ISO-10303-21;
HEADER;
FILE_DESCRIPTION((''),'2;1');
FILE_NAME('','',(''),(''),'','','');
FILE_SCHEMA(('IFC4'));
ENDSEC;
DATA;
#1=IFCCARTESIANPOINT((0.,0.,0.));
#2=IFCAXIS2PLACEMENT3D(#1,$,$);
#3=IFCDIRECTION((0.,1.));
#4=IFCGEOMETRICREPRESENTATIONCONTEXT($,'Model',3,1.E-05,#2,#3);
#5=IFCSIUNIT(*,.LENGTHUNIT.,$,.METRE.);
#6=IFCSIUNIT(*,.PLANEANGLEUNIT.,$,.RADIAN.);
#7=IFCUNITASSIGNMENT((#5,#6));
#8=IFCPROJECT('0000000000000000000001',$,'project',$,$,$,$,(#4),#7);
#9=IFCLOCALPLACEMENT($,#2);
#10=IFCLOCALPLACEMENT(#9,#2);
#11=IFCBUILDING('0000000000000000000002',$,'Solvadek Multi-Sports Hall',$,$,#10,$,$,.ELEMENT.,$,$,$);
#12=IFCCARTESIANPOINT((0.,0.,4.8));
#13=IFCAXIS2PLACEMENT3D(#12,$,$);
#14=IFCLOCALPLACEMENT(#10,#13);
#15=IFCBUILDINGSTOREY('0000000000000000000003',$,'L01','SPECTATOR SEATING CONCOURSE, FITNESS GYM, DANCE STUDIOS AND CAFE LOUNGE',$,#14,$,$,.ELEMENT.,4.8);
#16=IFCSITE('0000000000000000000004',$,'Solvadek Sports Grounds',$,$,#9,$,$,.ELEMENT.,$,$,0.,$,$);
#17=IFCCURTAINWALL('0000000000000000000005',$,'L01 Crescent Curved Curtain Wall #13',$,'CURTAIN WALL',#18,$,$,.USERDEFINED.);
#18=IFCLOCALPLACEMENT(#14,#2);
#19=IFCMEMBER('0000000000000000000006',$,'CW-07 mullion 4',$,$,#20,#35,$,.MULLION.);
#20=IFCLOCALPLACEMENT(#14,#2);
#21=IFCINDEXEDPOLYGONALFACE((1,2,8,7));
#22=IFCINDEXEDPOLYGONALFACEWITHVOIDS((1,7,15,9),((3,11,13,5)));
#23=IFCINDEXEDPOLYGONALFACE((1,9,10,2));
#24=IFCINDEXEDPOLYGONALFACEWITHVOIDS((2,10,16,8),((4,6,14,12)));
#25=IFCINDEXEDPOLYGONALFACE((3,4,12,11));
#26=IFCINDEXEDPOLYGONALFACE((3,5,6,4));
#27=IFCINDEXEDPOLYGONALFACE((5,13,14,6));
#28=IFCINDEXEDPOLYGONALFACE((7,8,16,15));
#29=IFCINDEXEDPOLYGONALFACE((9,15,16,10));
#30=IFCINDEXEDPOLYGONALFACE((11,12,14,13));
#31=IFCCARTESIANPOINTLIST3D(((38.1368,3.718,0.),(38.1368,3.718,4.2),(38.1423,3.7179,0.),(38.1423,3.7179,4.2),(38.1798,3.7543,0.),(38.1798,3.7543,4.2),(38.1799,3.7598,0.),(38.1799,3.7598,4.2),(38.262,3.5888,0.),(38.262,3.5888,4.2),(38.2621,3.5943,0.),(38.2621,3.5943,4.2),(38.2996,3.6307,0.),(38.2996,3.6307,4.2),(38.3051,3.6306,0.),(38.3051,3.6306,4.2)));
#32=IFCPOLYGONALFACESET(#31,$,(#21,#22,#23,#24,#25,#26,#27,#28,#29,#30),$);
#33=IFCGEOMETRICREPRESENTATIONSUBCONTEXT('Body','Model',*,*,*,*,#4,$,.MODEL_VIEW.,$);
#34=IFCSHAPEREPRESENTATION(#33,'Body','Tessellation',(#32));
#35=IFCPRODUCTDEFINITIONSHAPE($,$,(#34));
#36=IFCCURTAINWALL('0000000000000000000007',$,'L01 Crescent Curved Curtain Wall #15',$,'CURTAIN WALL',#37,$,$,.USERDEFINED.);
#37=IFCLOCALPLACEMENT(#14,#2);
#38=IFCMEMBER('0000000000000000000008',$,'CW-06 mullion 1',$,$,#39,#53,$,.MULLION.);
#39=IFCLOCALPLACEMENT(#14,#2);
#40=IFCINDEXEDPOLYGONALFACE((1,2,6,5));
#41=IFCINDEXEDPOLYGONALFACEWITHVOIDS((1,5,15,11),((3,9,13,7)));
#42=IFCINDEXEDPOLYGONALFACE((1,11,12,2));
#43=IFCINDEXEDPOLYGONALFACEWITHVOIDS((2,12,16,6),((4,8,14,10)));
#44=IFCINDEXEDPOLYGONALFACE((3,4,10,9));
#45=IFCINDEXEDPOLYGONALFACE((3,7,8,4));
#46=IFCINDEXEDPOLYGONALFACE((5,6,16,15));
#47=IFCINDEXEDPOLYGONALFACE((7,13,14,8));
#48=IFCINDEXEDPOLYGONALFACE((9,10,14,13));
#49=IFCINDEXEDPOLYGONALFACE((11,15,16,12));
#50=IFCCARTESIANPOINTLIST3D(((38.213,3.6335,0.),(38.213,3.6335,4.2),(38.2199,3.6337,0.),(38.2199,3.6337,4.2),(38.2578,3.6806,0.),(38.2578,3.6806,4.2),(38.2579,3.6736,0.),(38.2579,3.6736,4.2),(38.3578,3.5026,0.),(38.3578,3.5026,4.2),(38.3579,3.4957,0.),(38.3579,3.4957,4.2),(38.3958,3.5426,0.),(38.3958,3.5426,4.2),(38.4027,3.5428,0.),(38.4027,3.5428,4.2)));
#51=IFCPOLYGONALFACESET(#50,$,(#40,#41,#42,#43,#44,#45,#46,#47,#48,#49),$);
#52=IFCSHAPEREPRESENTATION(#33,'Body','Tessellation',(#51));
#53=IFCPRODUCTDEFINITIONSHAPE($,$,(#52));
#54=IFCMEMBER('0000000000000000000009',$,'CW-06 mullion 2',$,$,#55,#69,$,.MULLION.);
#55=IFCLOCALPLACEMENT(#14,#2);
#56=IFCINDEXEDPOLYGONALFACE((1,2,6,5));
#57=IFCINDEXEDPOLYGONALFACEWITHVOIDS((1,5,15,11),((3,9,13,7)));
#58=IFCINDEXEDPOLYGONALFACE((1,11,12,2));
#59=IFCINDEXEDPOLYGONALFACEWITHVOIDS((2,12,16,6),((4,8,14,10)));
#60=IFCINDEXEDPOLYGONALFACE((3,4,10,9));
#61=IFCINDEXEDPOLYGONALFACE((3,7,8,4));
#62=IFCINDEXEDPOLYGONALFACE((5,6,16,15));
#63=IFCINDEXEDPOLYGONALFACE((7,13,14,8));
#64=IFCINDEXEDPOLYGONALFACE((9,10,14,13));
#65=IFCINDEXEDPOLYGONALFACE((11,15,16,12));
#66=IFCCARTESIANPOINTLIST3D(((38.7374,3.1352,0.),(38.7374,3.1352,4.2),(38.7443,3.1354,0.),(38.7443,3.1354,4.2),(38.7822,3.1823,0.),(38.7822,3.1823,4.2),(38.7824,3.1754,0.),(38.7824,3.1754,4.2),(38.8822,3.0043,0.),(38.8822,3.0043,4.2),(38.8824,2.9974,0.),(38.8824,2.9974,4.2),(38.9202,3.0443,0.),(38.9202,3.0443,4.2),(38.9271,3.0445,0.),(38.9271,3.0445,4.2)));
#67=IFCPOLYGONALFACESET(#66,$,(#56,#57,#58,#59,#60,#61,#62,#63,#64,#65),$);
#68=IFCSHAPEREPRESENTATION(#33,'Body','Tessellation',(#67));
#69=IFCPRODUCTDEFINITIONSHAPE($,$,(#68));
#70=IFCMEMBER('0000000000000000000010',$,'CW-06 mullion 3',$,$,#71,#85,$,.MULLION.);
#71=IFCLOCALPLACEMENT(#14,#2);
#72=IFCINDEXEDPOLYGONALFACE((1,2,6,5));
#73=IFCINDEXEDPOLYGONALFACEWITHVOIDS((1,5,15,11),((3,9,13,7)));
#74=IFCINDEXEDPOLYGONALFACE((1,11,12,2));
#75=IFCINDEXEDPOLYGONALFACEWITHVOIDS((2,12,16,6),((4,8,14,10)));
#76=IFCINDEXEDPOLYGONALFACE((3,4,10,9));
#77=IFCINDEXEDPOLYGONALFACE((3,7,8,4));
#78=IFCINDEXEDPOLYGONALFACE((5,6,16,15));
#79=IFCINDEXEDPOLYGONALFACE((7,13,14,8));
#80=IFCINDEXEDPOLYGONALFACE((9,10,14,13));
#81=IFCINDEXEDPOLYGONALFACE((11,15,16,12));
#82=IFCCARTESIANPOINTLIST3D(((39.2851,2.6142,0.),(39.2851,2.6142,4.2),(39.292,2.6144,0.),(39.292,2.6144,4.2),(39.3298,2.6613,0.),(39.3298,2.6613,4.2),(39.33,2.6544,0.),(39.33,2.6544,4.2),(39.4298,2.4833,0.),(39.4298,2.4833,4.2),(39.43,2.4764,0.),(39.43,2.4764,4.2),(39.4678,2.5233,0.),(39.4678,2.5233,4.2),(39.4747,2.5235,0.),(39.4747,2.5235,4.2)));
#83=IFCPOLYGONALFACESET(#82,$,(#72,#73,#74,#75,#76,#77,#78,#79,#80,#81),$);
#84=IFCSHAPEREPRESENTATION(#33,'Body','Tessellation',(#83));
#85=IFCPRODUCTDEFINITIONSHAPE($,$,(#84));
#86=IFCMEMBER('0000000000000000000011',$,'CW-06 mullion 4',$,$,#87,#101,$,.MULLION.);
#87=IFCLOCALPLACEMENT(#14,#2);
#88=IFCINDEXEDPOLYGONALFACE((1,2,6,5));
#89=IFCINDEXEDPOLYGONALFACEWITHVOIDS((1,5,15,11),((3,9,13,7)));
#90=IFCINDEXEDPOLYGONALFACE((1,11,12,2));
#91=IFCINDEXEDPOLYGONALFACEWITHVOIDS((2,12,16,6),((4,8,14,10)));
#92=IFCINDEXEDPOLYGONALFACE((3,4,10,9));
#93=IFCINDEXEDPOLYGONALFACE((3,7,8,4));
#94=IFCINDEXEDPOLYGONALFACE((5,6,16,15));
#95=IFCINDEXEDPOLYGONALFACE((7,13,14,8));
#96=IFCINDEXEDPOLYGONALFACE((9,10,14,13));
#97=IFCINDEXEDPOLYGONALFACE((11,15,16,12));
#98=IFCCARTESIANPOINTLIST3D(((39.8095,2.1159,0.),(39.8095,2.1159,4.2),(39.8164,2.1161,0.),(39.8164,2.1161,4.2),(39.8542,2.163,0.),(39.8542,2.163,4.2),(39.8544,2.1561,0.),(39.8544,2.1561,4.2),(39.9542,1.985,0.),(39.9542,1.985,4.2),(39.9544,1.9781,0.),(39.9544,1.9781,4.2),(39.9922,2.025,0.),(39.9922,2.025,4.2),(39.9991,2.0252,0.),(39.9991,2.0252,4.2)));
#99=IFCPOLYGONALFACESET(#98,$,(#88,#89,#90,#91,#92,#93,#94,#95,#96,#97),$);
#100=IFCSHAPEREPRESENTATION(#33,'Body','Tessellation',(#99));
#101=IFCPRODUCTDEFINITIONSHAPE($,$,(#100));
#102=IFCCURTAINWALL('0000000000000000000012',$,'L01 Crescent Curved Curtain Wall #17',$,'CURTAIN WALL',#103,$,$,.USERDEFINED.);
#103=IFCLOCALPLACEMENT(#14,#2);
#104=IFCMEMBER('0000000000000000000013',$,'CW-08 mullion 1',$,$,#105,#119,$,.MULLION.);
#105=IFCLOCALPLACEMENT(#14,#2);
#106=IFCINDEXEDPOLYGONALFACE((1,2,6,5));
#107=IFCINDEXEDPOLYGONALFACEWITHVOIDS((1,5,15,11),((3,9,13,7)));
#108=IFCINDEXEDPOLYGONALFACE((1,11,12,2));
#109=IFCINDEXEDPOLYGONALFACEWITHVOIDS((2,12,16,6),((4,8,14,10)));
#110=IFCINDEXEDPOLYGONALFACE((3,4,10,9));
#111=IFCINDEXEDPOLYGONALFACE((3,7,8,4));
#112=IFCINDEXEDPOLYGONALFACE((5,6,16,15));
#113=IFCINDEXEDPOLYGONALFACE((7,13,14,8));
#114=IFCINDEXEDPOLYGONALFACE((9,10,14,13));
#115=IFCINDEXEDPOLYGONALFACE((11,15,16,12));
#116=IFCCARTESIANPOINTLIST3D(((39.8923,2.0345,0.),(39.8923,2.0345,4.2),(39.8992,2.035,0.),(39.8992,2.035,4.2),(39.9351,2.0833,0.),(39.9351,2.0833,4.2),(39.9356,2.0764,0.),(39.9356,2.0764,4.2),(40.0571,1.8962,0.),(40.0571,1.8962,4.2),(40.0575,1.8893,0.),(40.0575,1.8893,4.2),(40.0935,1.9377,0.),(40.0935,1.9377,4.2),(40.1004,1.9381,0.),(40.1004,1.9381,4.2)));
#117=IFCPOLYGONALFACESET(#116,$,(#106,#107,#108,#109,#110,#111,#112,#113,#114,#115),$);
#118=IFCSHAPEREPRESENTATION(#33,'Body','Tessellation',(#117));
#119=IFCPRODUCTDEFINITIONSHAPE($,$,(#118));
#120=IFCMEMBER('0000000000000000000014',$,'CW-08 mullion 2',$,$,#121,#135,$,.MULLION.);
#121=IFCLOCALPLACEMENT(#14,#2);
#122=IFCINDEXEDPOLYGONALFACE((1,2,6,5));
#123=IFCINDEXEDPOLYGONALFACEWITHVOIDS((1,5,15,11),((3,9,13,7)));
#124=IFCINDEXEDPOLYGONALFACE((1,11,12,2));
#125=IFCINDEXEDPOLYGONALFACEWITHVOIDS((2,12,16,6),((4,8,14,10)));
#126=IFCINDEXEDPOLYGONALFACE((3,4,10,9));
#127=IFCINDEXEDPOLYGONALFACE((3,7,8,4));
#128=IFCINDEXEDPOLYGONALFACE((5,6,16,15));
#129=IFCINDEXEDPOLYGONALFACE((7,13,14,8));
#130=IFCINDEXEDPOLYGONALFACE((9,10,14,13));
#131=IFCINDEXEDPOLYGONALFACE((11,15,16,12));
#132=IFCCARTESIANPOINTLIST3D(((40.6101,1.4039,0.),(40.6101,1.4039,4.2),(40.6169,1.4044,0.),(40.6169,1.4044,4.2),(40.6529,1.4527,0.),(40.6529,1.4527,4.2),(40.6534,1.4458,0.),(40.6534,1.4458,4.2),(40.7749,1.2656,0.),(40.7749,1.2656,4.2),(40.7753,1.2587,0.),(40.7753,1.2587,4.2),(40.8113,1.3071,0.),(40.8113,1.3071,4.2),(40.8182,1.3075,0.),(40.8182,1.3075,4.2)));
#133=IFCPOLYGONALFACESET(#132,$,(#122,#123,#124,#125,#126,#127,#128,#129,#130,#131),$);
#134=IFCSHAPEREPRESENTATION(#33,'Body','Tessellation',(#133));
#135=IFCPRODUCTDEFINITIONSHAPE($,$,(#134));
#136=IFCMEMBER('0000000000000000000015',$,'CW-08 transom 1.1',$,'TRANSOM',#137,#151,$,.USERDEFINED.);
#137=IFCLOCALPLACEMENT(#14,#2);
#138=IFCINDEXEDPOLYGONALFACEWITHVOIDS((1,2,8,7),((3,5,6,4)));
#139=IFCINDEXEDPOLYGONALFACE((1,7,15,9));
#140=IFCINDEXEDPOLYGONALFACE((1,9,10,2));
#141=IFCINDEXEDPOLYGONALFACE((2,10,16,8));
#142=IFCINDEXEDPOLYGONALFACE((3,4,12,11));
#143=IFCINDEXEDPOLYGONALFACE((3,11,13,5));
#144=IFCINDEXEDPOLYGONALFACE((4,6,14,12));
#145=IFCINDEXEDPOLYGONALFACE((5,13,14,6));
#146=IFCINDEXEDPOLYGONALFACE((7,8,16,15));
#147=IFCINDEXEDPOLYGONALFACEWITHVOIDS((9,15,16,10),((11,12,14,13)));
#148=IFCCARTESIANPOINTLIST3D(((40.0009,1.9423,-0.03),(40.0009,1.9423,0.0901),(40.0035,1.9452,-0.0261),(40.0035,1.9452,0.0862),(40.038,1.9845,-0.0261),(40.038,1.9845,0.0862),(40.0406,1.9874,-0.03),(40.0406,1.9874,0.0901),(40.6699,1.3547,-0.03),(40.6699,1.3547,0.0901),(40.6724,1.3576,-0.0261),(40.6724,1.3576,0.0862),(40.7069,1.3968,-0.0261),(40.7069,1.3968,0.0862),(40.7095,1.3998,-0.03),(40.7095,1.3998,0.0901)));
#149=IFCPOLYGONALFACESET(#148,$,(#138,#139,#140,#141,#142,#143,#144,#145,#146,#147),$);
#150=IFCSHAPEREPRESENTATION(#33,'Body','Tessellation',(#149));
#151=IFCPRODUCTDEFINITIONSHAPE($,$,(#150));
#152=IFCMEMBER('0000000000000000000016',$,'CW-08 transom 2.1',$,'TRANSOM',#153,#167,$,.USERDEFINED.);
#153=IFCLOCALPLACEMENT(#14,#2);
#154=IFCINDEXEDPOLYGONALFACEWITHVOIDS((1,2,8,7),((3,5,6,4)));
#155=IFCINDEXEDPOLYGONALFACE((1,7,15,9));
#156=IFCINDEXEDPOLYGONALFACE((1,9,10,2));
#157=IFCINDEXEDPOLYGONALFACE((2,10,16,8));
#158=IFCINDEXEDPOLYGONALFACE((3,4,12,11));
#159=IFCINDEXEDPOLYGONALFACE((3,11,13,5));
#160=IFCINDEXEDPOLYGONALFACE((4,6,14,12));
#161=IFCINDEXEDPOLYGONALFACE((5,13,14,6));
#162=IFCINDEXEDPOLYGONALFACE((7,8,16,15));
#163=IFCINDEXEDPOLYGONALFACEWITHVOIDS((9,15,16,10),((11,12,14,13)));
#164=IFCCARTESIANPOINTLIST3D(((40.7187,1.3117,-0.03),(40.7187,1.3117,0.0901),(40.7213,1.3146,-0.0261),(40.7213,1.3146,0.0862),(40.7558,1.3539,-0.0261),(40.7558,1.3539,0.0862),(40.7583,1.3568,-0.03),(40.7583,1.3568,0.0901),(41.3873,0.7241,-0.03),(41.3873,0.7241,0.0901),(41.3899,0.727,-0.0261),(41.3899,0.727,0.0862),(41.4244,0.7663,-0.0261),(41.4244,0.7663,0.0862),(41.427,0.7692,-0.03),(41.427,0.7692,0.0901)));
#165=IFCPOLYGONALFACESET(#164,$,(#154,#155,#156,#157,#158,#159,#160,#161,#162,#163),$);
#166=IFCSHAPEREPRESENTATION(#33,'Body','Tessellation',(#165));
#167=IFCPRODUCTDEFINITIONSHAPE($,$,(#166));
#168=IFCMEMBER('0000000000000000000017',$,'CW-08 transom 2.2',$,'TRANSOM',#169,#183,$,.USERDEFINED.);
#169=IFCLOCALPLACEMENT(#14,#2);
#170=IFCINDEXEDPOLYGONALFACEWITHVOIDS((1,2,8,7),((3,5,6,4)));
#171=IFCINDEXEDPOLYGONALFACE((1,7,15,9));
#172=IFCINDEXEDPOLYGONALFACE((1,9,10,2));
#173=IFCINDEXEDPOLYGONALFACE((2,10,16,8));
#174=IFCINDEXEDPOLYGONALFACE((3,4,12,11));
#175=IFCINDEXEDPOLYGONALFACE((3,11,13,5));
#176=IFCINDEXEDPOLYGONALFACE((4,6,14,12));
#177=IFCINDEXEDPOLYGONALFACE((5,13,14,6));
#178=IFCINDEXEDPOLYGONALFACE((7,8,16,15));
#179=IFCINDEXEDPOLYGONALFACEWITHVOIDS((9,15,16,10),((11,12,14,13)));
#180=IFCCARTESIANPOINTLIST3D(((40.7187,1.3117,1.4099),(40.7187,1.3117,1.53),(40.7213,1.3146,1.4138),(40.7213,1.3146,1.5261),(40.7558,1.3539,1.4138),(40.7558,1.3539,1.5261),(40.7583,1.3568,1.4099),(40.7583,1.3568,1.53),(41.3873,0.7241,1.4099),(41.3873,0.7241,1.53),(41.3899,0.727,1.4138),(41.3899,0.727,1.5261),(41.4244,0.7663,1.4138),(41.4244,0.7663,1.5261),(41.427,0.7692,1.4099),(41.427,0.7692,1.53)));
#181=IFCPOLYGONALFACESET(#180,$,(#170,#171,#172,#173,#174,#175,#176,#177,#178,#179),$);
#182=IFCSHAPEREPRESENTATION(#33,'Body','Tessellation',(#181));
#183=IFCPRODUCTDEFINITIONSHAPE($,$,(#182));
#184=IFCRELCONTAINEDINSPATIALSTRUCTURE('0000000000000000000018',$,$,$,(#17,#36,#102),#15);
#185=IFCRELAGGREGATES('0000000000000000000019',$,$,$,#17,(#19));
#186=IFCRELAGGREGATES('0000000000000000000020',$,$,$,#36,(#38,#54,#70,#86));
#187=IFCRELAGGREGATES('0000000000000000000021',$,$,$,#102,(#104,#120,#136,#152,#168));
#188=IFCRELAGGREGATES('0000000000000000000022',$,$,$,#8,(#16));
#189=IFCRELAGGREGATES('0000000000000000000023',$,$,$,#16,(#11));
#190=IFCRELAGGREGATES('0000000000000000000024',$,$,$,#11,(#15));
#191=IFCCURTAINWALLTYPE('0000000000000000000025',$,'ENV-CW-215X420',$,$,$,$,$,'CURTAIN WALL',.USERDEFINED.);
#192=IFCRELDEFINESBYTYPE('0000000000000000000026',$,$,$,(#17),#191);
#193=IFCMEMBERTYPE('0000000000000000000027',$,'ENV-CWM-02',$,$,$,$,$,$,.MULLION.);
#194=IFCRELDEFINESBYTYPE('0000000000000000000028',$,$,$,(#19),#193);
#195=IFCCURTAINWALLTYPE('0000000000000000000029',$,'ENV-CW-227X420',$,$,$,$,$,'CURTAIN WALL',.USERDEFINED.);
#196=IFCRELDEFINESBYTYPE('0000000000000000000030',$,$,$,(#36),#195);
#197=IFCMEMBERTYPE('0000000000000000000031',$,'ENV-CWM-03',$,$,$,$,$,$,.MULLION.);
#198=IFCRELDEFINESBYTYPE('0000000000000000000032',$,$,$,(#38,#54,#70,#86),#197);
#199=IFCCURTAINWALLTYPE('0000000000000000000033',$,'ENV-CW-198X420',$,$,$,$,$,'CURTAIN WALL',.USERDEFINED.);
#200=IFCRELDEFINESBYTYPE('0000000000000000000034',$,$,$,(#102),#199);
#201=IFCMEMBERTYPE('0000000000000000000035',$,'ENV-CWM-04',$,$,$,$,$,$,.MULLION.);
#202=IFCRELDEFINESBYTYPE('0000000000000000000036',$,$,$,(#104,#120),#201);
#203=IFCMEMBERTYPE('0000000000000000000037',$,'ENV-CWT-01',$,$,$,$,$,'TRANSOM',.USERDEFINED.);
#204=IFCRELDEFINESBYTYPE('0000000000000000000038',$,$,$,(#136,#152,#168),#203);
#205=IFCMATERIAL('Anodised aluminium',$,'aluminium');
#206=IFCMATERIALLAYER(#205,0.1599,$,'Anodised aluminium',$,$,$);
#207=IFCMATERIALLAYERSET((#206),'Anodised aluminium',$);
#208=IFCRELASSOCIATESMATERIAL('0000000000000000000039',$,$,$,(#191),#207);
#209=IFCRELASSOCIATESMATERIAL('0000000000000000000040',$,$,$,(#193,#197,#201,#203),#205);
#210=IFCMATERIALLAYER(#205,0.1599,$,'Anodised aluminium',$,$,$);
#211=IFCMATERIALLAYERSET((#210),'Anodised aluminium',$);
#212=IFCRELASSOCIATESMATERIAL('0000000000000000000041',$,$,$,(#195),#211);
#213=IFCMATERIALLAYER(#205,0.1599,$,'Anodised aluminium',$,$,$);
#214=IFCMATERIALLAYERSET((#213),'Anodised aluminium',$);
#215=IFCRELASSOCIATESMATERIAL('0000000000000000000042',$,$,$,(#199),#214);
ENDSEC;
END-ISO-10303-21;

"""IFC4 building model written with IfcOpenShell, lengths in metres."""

from ifc_helpers import new_model, si_unit, direction, frame, origin, origin_2d, place, context, subcontext, project, spatial, hollow_rectangle, extrude, material, layer, layer_set, material_profile, profile_set, type_object, element, aggregate, save


model = new_model("IFC4")

# Units and contexts
model_context = context("Model", 3, precision=1e-05, world=origin(), true_north=direction((0.0, 1.0)))
body_context = subcontext(model_context, "Body", "Model", "MODEL_VIEW")
ifc_project = project(units=[si_unit("LENGTHUNIT", "METRE"), si_unit("PLANEANGLEUNIT", "RADIAN")], contexts=[model_context])

# Site, building, storey
site_placement = place(None, origin())
site = spatial("IfcSite", under=ifc_project, at=site_placement, Name="Solvadek Sports Grounds", CompositionType="ELEMENT", RefElevation=0.0)
building_placement = place(site_placement, origin())
building = spatial("IfcBuilding", under=site, at=building_placement, Name="Solvadek Multi-Sports Hall", CompositionType="ELEMENT")
storey_placement = place(building_placement, frame((0.0, 0.0, 4.8)))
storey = spatial("IfcBuildingStorey", under=building, at=storey_placement, Name="L01", Description="SPECTATOR SEATING CONCOURSE, FITNESS GYM, DANCE STUDIOS AND CAFE LOUNGE", CompositionType="ELEMENT", Elevation=4.8)

# Curtain wall, member
ifc_material_1 = material(Name="Anodised aluminium", Category="aluminium")
ifc_layer_1 = layer(ifc_material_1, 0.1599, Name="Anodised aluminium")
ifc_layer_set_1 = layer_set([ifc_layer_1], Name="Anodised aluminium")
curtain_wall_type_1 = type_object("IfcCurtainWallType", Name="ENV-CW-215X420", ElementType="CURTAIN WALL", PredefinedType="USERDEFINED", material=ifc_layer_set_1)
curtain_wall_1_placement = place(storey_placement, origin())
curtain_wall_1 = element("IfcCurtainWall", 1, at=curtain_wall_1_placement, inside=storey, type_object=curtain_wall_type_1, Name="L01 Crescent Curved Curtain Wall #13", ObjectType="CURTAIN WALL", PredefinedType="USERDEFINED")
ifc_material_profile_1 = material_profile(ifc_material_1, hollow_rectangle(XDim=0.0601, YDim=0.1799, WallThickness=0.0039, at=origin_2d()), Name="ALU-M 180x60x4")
ifc_profile_set_1 = profile_set([ifc_material_profile_1], Name="Anodised aluminium")
member_type_1 = type_object("IfcMemberType", Name="ENV-CWM-02", PredefinedType="MULLION", material=ifc_profile_set_1)
member_1_placement = place(storey_placement, frame((38.2209, 3.6743, 0.0), z_axis=(0.0, 0.0, 1.0), x_axis=(0.718048, 0.695994, 0.0)))
member_1 = element("IfcMember", 2, at=member_1_placement, type_object=member_type_1, Name="CW-07 mullion 4", PredefinedType="MULLION", context=body_context, shape_type="SweptSolid", body=[
    extrude(hollow_rectangle(XDim=0.0601, YDim=0.1799, WallThickness=0.0039, at=origin_2d()), origin(), (0.0, 0.0, 1.0), 4.2),
])

# Curtain walls, members
ifc_layer_2 = layer(ifc_material_1, 0.1599, Name="Anodised aluminium")
ifc_layer_set_2 = layer_set([ifc_layer_2], Name="Anodised aluminium")
curtain_wall_type_2 = type_object("IfcCurtainWallType", Name="ENV-CW-227X420", ElementType="CURTAIN WALL", PredefinedType="USERDEFINED", material=ifc_layer_set_2)
curtain_wall_2_placement = place(storey_placement, origin())
curtain_wall_2 = element("IfcCurtainWall", 3, at=curtain_wall_2_placement, inside=storey, type_object=curtain_wall_type_2, Name="L01 Crescent Curved Curtain Wall #15", ObjectType="CURTAIN WALL", PredefinedType="USERDEFINED")
ifc_material_profile_2 = material_profile(ifc_material_1, hollow_rectangle(XDim=0.0649, YDim=0.2, WallThickness=0.0049, at=origin_2d()), Name="ALU-M 200x65x5")
ifc_profile_set_2 = profile_set([ifc_material_profile_2], Name="Anodised aluminium")
member_type_2 = type_object("IfcMemberType", Name="ENV-CWM-03", PredefinedType="MULLION", material=ifc_profile_set_2)
member_2_placement = place(storey_placement, frame((38.3079, 3.5881, 0.0), z_axis=(0.0, 0.0, 1.0), x_axis=(0.688997, 0.724764, 0.0)))
member_2 = element("IfcMember", 4, at=member_2_placement, type_object=member_type_2, Name="CW-06 mullion 1", PredefinedType="MULLION", context=body_context, shape_type="SweptSolid", body=[
    extrude(hollow_rectangle(XDim=0.0649, YDim=0.2, WallThickness=0.0049, at=origin_2d()), origin(), (0.0, 0.0, 1.0), 4.2),
])
member_3_placement = place(storey_placement, frame((38.8323, 3.0898, 0.0), z_axis=(0.0, 0.0, 1.0), x_axis=(0.688997, 0.724764, 0.0)))
member_3 = element("IfcMember", 5, at=member_3_placement, type_object=member_type_2, Name="CW-06 mullion 2", PredefinedType="MULLION", context=body_context, shape_type="SweptSolid", body=[
    extrude(hollow_rectangle(XDim=0.0649, YDim=0.2, WallThickness=0.0049, at=origin_2d()), origin(), (0.0, 0.0, 1.0), 4.2),
])
member_4_placement = place(storey_placement, frame((39.3799, 2.5688, 0.0), z_axis=(0.0, 0.0, 1.0), x_axis=(0.688997, 0.724764, 0.0)))
member_4 = element("IfcMember", 6, at=member_4_placement, type_object=member_type_2, Name="CW-06 mullion 3", PredefinedType="MULLION", context=body_context, shape_type="SweptSolid", body=[
    extrude(hollow_rectangle(XDim=0.0649, YDim=0.2, WallThickness=0.0049, at=origin_2d()), origin(), (0.0, 0.0, 1.0), 4.2),
])
member_5_placement = place(storey_placement, frame((39.9043, 2.0706, 0.0), z_axis=(0.0, 0.0, 1.0), x_axis=(0.688997, 0.724764, 0.0)))
member_5 = element("IfcMember", 7, at=member_5_placement, type_object=member_type_2, Name="CW-06 mullion 4", PredefinedType="MULLION", context=body_context, shape_type="SweptSolid", body=[
    extrude(hollow_rectangle(XDim=0.0649, YDim=0.2, WallThickness=0.0049, at=origin_2d()), origin(), (0.0, 0.0, 1.0), 4.2),
])
ifc_layer_3 = layer(ifc_material_1, 0.1599, Name="Anodised aluminium")
ifc_layer_set_3 = layer_set([ifc_layer_3], Name="Anodised aluminium")
curtain_wall_type_3 = type_object("IfcCurtainWallType", Name="ENV-CW-198X420", ElementType="CURTAIN WALL", PredefinedType="USERDEFINED", material=ifc_layer_set_3)
curtain_wall_3_placement = place(storey_placement, origin())
curtain_wall_3 = element("IfcCurtainWall", 8, at=curtain_wall_3_placement, inside=storey, type_object=curtain_wall_type_3, Name="L01 Crescent Curved Curtain Wall #17", ObjectType="CURTAIN WALL", PredefinedType="USERDEFINED")
ifc_material_profile_3 = material_profile(ifc_material_1, hollow_rectangle(XDim=0.0649, YDim=0.22, WallThickness=0.0049, at=origin_2d()), Name="ALU-M 220x65x5")
ifc_profile_set_3 = profile_set([ifc_material_profile_3], Name="Anodised aluminium")
member_type_3 = type_object("IfcMemberType", Name="ENV-CWM-04", PredefinedType="MULLION", material=ifc_profile_set_3)
member_6_placement = place(storey_placement, frame((39.9963, 1.9863, 0.0), z_axis=(0.0, 0.0, 1.0), x_axis=(0.660055, 0.751217, 0.0)))
member_6 = element("IfcMember", 9, at=member_6_placement, type_object=member_type_3, Name="CW-08 mullion 1", PredefinedType="MULLION", context=body_context, shape_type="SweptSolid", body=[
    extrude(hollow_rectangle(XDim=0.0649, YDim=0.22, WallThickness=0.0049, at=origin_2d()), origin(), (0.0, 0.0, 1.0), 4.2),
])
member_7_placement = place(storey_placement, frame((40.7141, 1.3557, 0.0), z_axis=(0.0, 0.0, 1.0), x_axis=(0.660055, 0.751217, 0.0)))
member_7 = element("IfcMember", 10, at=member_7_placement, type_object=member_type_3, Name="CW-08 mullion 2", PredefinedType="MULLION", context=body_context, shape_type="SweptSolid", body=[
    extrude(hollow_rectangle(XDim=0.0649, YDim=0.22, WallThickness=0.0049, at=origin_2d()), origin(), (0.0, 0.0, 1.0), 4.2),
])
ifc_material_profile_4 = material_profile(ifc_material_1, hollow_rectangle(XDim=0.0601, YDim=0.1201, WallThickness=0.0039, at=origin_2d()), Name="ALU-T 120x60x4")
ifc_profile_set_4 = profile_set([ifc_material_profile_4], Name="Anodised aluminium")
member_type_4 = type_object("IfcMemberType", Name="ENV-CWT-01", ElementType="TRANSOM", PredefinedType="USERDEFINED", material=ifc_profile_set_4)
member_8_placement = place(storey_placement, frame((40.0208, 1.9648, 0.03), z_axis=(0.751284, -0.659979, 0.0), x_axis=(0.659979, 0.751284, 0.0)))
member_8 = element("IfcMember", 11, at=member_8_placement, type_object=member_type_4, Name="CW-08 transom 1.1", ObjectType="TRANSOM", PredefinedType="USERDEFINED", context=body_context, shape_type="SweptSolid", body=[
    extrude(hollow_rectangle(XDim=0.0601, YDim=0.1201, WallThickness=0.0039, at=origin_2d()), origin(), (0.0, 0.0, 1.0), 0.8904),
])
member_9_placement = place(storey_placement, frame((40.7385, 1.3342, 0.03), z_axis=(0.751165, -0.660115, 0.0), x_axis=(0.660115, 0.751165, 0.0)))
member_9 = element("IfcMember", 12, at=member_9_placement, type_object=member_type_4, Name="CW-08 transom 2.1", ObjectType="TRANSOM", PredefinedType="USERDEFINED", context=body_context, shape_type="SweptSolid", body=[
    extrude(hollow_rectangle(XDim=0.0601, YDim=0.1201, WallThickness=0.0039, at=origin_2d()), origin(), (0.0, 0.0, 1.0), 0.8901),
])
member_10_placement = place(storey_placement, frame((40.7385, 1.3342, 1.47), z_axis=(0.751165, -0.660115, 0.0), x_axis=(0.660115, 0.751165, 0.0)))
member_10 = element("IfcMember", 13, at=member_10_placement, type_object=member_type_4, Name="CW-08 transom 2.2", ObjectType="TRANSOM", PredefinedType="USERDEFINED", context=body_context, shape_type="SweptSolid", body=[
    extrude(hollow_rectangle(XDim=0.0601, YDim=0.1201, WallThickness=0.0039, at=origin_2d()), origin(), (0.0, 0.0, 1.0), 0.8901),
])

aggregate(curtain_wall_1, [member_1])
aggregate(curtain_wall_2, [member_2, member_3, member_4, member_5])
aggregate(curtain_wall_3, [member_6, member_7, member_8, member_9, member_10])

save(model, "model.ifc")
